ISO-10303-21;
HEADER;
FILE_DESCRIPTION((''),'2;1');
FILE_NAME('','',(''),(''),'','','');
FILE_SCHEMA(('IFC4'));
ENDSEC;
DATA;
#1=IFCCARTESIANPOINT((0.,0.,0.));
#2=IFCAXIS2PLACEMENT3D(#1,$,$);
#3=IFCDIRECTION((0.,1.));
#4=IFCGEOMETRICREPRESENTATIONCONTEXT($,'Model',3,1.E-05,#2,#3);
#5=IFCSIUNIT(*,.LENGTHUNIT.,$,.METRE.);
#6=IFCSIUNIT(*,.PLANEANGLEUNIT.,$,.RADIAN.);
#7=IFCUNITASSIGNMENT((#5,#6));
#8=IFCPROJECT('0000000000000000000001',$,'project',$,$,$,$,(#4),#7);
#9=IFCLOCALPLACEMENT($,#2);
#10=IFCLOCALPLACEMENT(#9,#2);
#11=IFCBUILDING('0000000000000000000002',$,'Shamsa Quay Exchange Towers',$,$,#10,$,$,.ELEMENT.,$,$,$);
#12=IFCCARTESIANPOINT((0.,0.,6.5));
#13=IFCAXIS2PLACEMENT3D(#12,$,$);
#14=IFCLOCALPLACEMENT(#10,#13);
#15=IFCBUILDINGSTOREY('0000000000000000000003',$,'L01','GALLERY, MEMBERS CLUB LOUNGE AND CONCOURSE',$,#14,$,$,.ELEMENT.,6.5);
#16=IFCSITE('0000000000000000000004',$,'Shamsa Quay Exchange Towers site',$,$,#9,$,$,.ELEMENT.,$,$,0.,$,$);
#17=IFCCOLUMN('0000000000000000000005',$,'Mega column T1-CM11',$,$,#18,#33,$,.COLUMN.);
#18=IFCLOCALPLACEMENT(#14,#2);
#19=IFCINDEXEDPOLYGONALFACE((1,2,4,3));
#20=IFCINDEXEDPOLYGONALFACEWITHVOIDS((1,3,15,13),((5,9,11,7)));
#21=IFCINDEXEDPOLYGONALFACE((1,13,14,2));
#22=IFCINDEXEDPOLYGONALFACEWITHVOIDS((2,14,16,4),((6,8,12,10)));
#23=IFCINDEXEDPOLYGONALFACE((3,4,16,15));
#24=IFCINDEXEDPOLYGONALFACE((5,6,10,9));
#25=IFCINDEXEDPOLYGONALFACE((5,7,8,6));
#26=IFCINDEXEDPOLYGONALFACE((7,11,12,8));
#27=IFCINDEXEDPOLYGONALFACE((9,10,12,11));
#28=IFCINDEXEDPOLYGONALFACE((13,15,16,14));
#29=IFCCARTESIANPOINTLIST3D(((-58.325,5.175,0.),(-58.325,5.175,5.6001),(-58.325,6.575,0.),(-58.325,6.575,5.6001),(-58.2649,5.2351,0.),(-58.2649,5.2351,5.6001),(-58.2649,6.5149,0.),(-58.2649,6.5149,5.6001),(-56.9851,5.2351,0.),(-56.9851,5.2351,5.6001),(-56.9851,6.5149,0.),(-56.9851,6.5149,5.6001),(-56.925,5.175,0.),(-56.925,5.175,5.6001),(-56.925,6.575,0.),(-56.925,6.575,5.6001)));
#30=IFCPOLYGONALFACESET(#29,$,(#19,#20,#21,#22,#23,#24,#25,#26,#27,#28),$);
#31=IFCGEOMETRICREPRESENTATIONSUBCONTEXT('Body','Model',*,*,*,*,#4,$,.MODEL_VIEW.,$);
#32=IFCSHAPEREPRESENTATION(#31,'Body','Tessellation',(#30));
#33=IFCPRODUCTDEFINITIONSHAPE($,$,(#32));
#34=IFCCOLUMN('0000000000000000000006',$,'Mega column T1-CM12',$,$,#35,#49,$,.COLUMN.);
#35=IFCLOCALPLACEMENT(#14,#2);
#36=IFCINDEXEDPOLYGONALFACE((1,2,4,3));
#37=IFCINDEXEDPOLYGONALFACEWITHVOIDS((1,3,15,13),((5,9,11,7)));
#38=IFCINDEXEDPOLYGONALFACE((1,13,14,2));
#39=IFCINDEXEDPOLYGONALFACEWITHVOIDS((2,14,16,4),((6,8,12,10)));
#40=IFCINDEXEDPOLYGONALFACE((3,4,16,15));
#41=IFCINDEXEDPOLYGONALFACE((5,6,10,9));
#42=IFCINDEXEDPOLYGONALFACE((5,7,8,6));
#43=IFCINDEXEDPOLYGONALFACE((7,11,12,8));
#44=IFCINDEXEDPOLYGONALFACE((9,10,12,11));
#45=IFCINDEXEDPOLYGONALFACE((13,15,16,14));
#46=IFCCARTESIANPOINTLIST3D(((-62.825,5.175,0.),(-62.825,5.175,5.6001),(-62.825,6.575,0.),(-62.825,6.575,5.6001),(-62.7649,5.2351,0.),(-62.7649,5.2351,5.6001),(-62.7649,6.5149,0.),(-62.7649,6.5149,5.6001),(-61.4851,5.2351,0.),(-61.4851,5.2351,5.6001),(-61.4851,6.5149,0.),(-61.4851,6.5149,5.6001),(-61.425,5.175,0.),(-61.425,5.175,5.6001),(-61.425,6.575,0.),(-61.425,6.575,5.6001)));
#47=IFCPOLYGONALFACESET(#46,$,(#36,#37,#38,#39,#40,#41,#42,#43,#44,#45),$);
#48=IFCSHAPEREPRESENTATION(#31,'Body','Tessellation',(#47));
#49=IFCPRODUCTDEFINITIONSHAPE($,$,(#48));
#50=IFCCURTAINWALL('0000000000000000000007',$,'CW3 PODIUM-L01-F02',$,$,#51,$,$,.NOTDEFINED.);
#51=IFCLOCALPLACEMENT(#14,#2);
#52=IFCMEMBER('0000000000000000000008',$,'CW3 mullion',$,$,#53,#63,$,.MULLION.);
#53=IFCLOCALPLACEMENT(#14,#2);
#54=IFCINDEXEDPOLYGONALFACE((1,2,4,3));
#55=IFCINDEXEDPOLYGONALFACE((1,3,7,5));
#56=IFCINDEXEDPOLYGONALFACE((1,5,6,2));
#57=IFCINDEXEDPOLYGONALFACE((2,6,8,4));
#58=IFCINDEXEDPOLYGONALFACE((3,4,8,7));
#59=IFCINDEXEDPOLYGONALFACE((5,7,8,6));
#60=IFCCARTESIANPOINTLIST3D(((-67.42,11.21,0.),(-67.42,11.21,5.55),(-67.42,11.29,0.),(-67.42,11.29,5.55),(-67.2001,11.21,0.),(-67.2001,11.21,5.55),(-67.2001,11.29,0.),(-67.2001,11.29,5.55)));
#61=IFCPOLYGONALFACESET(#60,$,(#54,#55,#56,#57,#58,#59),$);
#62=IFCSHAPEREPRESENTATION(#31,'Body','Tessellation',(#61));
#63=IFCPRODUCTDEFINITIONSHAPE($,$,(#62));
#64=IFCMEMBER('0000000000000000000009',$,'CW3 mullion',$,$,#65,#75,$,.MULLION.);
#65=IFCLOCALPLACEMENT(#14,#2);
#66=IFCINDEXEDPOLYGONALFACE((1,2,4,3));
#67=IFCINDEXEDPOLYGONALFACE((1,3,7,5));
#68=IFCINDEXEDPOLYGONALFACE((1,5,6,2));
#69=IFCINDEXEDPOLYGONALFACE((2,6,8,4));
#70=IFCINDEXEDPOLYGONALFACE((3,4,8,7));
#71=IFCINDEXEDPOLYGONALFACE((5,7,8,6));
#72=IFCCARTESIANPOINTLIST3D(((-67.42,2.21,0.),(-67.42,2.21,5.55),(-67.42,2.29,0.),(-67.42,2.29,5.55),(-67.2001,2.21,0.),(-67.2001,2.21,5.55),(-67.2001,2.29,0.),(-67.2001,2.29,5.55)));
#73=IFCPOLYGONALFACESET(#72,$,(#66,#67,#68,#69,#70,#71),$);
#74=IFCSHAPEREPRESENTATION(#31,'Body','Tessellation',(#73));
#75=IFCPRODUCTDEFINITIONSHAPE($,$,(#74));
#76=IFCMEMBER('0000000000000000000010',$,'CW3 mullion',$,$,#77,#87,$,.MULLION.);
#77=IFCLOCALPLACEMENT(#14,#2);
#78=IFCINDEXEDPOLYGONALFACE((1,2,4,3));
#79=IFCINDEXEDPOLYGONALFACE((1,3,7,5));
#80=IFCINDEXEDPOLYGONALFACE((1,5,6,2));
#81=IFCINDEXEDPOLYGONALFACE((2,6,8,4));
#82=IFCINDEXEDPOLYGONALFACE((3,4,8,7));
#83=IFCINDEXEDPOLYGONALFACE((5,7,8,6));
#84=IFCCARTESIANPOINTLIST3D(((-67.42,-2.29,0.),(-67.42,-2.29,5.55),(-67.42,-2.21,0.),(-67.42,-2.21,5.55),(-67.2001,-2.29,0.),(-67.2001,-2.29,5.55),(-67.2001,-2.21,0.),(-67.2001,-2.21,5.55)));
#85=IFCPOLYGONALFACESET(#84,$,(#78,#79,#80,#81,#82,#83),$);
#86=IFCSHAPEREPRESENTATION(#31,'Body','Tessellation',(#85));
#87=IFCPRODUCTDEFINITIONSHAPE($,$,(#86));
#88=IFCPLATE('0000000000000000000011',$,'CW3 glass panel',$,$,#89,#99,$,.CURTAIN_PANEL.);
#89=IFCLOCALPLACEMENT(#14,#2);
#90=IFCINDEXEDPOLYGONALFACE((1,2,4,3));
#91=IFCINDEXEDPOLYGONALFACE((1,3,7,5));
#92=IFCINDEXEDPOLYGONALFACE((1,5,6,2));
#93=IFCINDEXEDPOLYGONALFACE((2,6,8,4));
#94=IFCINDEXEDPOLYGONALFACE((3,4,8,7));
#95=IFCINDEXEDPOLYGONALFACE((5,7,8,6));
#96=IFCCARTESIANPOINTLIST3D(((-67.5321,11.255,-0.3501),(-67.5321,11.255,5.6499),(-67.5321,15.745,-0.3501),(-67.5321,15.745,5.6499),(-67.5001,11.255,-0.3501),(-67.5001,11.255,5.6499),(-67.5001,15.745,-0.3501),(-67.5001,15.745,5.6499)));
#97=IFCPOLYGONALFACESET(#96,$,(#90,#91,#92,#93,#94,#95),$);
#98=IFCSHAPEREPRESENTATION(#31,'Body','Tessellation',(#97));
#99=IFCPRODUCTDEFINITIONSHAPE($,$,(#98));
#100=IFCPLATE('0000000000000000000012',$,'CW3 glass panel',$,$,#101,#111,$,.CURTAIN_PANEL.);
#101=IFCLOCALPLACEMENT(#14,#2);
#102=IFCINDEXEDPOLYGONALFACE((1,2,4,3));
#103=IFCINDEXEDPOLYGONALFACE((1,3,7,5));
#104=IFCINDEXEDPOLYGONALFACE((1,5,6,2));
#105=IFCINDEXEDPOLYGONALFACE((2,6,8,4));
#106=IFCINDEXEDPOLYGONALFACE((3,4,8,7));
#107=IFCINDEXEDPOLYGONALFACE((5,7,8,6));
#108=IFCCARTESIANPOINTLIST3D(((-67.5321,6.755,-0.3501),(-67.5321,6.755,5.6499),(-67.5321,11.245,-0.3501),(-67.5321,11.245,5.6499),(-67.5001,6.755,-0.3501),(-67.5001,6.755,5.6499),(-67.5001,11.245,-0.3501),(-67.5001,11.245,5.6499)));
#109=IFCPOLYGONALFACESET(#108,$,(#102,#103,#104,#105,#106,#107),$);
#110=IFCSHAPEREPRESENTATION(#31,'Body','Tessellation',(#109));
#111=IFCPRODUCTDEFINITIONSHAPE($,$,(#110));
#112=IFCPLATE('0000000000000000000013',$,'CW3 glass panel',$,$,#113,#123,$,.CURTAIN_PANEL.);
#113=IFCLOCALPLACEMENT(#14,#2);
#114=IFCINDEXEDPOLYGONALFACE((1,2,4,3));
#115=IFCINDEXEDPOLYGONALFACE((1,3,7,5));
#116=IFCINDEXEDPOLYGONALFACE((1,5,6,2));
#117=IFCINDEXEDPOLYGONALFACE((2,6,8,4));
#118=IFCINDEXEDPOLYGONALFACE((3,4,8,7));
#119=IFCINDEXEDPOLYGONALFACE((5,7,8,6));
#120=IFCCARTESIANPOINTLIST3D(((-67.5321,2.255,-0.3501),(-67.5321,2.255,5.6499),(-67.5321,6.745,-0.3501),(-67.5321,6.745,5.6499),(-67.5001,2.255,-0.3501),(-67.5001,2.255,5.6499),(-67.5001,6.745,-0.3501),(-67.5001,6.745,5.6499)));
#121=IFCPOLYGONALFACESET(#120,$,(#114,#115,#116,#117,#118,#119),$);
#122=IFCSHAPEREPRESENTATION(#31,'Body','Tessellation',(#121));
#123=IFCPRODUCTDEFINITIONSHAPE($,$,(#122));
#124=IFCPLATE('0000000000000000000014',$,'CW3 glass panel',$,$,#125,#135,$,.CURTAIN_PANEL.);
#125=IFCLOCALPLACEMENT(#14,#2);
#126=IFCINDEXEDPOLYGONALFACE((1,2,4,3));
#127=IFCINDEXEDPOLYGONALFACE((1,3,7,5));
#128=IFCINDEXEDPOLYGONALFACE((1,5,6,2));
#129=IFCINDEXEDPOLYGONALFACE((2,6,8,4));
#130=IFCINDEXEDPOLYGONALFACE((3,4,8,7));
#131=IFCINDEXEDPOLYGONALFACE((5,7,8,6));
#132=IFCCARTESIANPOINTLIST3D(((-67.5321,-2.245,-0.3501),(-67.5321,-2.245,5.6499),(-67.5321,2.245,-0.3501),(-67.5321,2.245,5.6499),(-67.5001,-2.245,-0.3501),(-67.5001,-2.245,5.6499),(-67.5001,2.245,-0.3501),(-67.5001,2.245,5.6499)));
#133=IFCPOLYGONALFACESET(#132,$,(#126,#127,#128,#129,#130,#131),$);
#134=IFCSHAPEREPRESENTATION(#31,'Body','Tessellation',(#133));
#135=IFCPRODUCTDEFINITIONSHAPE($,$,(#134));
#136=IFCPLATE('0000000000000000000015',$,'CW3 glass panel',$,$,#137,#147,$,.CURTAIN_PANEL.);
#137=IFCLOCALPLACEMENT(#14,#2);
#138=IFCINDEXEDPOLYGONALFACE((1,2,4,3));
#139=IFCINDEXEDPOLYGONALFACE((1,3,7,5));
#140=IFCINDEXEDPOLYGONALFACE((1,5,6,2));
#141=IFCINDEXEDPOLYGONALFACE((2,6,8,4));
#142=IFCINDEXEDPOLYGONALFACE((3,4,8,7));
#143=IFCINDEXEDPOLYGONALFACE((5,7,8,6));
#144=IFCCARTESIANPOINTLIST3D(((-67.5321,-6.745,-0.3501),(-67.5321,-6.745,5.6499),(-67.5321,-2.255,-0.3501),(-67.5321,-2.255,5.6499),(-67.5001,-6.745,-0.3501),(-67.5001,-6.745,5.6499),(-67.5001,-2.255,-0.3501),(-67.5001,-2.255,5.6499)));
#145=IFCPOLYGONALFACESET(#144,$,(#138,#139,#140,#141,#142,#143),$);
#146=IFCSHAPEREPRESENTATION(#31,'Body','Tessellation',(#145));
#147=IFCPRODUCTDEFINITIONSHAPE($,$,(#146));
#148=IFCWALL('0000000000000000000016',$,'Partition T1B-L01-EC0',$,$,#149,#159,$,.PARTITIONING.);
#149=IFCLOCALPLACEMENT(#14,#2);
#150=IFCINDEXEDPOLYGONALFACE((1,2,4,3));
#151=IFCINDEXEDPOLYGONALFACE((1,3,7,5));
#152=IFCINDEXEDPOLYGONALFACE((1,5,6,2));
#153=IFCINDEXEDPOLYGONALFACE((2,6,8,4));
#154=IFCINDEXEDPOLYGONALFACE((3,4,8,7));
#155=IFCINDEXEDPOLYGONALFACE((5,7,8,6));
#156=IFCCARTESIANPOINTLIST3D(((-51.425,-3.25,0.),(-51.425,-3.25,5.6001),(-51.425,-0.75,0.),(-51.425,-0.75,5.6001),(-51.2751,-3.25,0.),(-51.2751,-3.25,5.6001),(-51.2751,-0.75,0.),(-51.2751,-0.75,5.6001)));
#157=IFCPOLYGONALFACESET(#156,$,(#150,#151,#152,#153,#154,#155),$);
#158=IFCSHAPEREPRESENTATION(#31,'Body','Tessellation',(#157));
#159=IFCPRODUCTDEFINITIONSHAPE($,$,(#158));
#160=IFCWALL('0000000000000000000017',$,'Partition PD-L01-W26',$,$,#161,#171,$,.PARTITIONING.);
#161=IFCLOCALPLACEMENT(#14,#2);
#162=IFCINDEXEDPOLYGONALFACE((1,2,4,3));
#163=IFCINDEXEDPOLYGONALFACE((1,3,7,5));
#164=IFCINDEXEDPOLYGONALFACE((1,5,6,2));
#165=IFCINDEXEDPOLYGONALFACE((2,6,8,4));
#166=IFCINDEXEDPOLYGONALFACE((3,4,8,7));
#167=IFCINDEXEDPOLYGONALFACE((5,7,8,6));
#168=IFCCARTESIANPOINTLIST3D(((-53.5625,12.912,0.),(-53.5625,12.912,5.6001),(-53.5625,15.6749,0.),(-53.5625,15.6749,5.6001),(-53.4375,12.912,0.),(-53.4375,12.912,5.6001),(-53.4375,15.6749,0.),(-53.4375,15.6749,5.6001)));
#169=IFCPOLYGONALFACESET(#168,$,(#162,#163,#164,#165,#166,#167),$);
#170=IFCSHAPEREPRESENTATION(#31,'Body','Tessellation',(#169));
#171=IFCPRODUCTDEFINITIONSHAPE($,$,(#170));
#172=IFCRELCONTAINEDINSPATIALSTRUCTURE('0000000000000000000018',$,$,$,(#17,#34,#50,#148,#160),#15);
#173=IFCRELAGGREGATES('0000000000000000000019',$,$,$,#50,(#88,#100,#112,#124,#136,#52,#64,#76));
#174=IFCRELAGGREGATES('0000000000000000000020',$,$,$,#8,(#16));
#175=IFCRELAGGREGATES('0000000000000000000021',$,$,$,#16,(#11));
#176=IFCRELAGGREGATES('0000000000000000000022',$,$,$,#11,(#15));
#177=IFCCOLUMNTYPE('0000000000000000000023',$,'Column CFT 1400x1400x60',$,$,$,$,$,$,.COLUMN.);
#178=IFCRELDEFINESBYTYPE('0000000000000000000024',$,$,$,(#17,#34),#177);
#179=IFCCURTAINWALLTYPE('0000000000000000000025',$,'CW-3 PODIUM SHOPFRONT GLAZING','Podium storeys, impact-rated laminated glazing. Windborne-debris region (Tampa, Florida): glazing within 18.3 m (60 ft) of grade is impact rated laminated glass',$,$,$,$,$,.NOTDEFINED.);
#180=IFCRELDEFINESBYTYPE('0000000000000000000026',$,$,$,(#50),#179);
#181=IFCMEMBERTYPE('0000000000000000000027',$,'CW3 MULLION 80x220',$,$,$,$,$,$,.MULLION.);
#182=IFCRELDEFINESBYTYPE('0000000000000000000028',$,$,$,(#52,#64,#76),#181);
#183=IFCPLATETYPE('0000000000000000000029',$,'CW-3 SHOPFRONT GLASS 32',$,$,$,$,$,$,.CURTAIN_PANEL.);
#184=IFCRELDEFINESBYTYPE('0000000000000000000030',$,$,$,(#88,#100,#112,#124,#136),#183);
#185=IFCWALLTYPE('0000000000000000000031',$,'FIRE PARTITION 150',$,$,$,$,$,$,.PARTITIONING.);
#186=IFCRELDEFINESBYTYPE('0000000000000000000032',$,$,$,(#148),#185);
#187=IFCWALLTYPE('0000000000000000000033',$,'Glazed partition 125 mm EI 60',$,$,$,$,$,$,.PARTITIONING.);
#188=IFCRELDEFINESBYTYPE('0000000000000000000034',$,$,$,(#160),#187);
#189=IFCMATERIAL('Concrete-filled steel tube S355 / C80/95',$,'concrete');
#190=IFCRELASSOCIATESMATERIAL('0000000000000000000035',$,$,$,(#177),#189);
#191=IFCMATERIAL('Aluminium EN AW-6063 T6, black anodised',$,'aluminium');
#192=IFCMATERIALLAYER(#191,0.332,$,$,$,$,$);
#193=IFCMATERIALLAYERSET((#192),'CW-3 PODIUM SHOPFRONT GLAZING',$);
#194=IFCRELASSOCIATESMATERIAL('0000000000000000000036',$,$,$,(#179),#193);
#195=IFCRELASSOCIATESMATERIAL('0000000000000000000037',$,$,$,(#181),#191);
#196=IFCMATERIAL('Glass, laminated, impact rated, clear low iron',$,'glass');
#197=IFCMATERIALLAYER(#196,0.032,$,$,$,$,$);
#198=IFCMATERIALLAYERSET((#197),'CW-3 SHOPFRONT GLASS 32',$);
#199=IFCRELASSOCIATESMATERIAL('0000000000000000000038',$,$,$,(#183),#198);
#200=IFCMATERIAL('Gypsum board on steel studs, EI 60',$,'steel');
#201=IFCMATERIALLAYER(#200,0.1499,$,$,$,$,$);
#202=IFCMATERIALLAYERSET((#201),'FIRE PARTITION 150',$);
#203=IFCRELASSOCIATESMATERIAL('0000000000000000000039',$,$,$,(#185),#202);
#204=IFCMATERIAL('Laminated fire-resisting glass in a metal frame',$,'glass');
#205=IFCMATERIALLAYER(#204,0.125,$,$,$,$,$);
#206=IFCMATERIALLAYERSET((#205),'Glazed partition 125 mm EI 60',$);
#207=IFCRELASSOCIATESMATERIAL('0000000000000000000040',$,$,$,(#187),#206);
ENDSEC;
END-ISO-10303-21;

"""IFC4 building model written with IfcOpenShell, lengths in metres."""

from ifc_helpers import new_model, si_unit, direction, frame, frame_2d, origin, origin_2d, place, context, subcontext, project, spatial, rectangle, hollow_rectangle, extrude, material, layer, layer_set, material_profile, profile_set, type_object, element, aggregate, save


model = new_model("IFC4")

# Units and contexts
model_context = context("Model", 3, precision=1e-05, world=origin(), true_north=direction((0.0, 1.0)))
body_context = subcontext(model_context, "Body", "Model", "MODEL_VIEW")
ifc_project = project(units=[si_unit("LENGTHUNIT", "METRE"), si_unit("PLANEANGLEUNIT", "RADIAN")], contexts=[model_context])

# Site, building, storey
site_placement = place(None, origin())
site = spatial("IfcSite", under=ifc_project, at=site_placement, Name="Shamsa Quay Exchange Towers site", CompositionType="ELEMENT", RefElevation=0.0)
building_placement = place(site_placement, origin())
building = spatial("IfcBuilding", under=site, at=building_placement, Name="Shamsa Quay Exchange Towers", CompositionType="ELEMENT")
storey_placement = place(building_placement, frame((0.0, 0.0, 6.5)))
storey = spatial("IfcBuildingStorey", under=building, at=storey_placement, Name="L01", Description="GALLERY, MEMBERS CLUB LOUNGE AND CONCOURSE", CompositionType="ELEMENT", Elevation=6.5)

# Columns
ifc_material_1 = material(Name="Concrete-filled steel tube S355 / C80/95", Category="concrete")
ifc_material_profile_1 = material_profile(ifc_material_1, hollow_rectangle(XDim=1.3999, YDim=1.3999, WallThickness=0.0601, at=origin_2d()), Name="CFT 1400x1400x60")
ifc_profile_set_1 = profile_set([ifc_material_profile_1], Name="Concrete-filled steel tube S355 / C80/95")
column_type = type_object("IfcColumnType", Name="Column CFT 1400x1400x60", PredefinedType="COLUMN", material=ifc_profile_set_1)
for number, where, name in (
    (1, (-57.625, 5.875, 0.0), "Mega column T1-CM11"),
    (2, (-62.125, 5.875, 0.0), "Mega column T1-CM12"),
):
    element("IfcColumn", number, at=place(storey_placement, frame(where)), inside=storey, type_object=column_type, Name=name, PredefinedType="COLUMN", context=body_context, shape_type="SweptSolid", body=[
        extrude(hollow_rectangle(XDim=1.3999, YDim=1.3999, WallThickness=0.0601, at=origin_2d()), origin(), (0.0, 0.0, 1.0), 5.6001),
    ])

# Curtain wall, members, plates
ifc_material_2 = material(Name="Aluminium EN AW-6063 T6, black anodised", Category="aluminium")
ifc_layer_1 = layer(ifc_material_2, 0.332)
ifc_layer_set_1 = layer_set([ifc_layer_1], Name="CW-3 PODIUM SHOPFRONT GLAZING")
curtain_wall_type = type_object("IfcCurtainWallType", Name="CW-3 PODIUM SHOPFRONT GLAZING", Description="Podium storeys, impact-rated laminated glazing. Windborne-debris region (Tampa, Florida): glazing within 18.3 m (60 ft) of grade is impact rated laminated glass", PredefinedType="NOTDEFINED", material=ifc_layer_set_1)
curtain_wall_placement = place(storey_placement, origin())
curtain_wall = element("IfcCurtainWall", 3, at=curtain_wall_placement, inside=storey, type_object=curtain_wall_type, Name="CW3 PODIUM-L01-F02", PredefinedType="NOTDEFINED")
ifc_material_profile_2 = material_profile(ifc_material_2, rectangle(XDim=0.22, YDim=0.0801, at=origin_2d()), Name="MU80x220")
ifc_profile_set_2 = profile_set([ifc_material_profile_2], Name="Aluminium EN AW-6063 T6, black anodised")
member_type = type_object("IfcMemberType", Name="CW3 MULLION 80x220", PredefinedType="MULLION", material=ifc_profile_set_2)
member_1_placement = place(storey_placement, frame((-67.3101, 11.25, 0.0)))
member_1 = element("IfcMember", 4, at=member_1_placement, type_object=member_type, Name="CW3 mullion", PredefinedType="MULLION", context=body_context, shape_type="SweptSolid", body=[
    extrude(rectangle(XDim=0.22, YDim=0.0801, at=origin_2d()), origin(), (0.0, 0.0, 1.0), 5.55),
])
member_2_placement = place(storey_placement, frame((-67.3101, 2.25, 0.0)))
member_2 = element("IfcMember", 5, at=member_2_placement, type_object=member_type, Name="CW3 mullion", PredefinedType="MULLION", context=body_context, shape_type="SweptSolid", body=[
    extrude(rectangle(XDim=0.22, YDim=0.0801, at=origin_2d()), origin(), (0.0, 0.0, 1.0), 5.55),
])
member_3_placement = place(storey_placement, frame((-67.3101, -2.25, 0.0)))
member_3 = element("IfcMember", 6, at=member_3_placement, type_object=member_type, Name="CW3 mullion", PredefinedType="MULLION", context=body_context, shape_type="SweptSolid", body=[
    extrude(rectangle(XDim=0.22, YDim=0.0801, at=origin_2d()), origin(), (0.0, 0.0, 1.0), 5.55),
])
ifc_material_3 = material(Name="Glass, laminated, impact rated, clear low iron", Category="glass")
ifc_layer_2 = layer(ifc_material_3, 0.032)
ifc_layer_set_2 = layer_set([ifc_layer_2], Name="CW-3 SHOPFRONT GLASS 32")
plate_type = type_object("IfcPlateType", Name="CW-3 SHOPFRONT GLASS 32", PredefinedType="CURTAIN_PANEL", material=ifc_layer_set_2)
plate_1_placement = place(storey_placement, frame((-67.5161, 13.5, -0.3501), z_axis=(0.0, 0.0, 1.0), x_axis=(0.0, -1.0, 0.0)))
plate_1 = element("IfcPlate", 7, at=plate_1_placement, type_object=plate_type, Name="CW3 glass panel", PredefinedType="CURTAIN_PANEL", context=body_context, shape_type="SweptSolid", body=[
    extrude(rectangle(XDim=4.49, YDim=0.032, at=origin_2d()), origin(), (0.0, 0.0, 1.0), 6.0),
])
plate_2_placement = place(storey_placement, frame((-67.5161, 9.0, -0.3501), z_axis=(0.0, 0.0, 1.0), x_axis=(0.0, -1.0, 0.0)))
plate_2 = element("IfcPlate", 8, at=plate_2_placement, type_object=plate_type, Name="CW3 glass panel", PredefinedType="CURTAIN_PANEL", context=body_context, shape_type="SweptSolid", body=[
    extrude(rectangle(XDim=4.49, YDim=0.032, at=origin_2d()), origin(), (0.0, 0.0, 1.0), 6.0),
])
plate_3_placement = place(storey_placement, frame((-67.5161, 4.5, -0.3501), z_axis=(0.0, 0.0, 1.0), x_axis=(0.0, -1.0, 0.0)))
plate_3 = element("IfcPlate", 9, at=plate_3_placement, type_object=plate_type, Name="CW3 glass panel", PredefinedType="CURTAIN_PANEL", context=body_context, shape_type="SweptSolid", body=[
    extrude(rectangle(XDim=4.49, YDim=0.032, at=origin_2d()), origin(), (0.0, 0.0, 1.0), 6.0),
])
plate_4_placement = place(storey_placement, frame((-67.5161, 0.0, -0.3501), z_axis=(0.0, 0.0, 1.0), x_axis=(0.0, -1.0, 0.0)))
plate_4 = element("IfcPlate", 10, at=plate_4_placement, type_object=plate_type, Name="CW3 glass panel", PredefinedType="CURTAIN_PANEL", context=body_context, shape_type="SweptSolid", body=[
    extrude(rectangle(XDim=4.49, YDim=0.032, at=origin_2d()), origin(), (0.0, 0.0, 1.0), 6.0),
])
plate_5_placement = place(storey_placement, frame((-67.5161, -4.5, -0.3501), z_axis=(0.0, 0.0, 1.0), x_axis=(0.0, -1.0, 0.0)))
plate_5 = element("IfcPlate", 11, at=plate_5_placement, type_object=plate_type, Name="CW3 glass panel", PredefinedType="CURTAIN_PANEL", context=body_context, shape_type="SweptSolid", body=[
    extrude(rectangle(XDim=4.49, YDim=0.032, at=origin_2d()), origin(), (0.0, 0.0, 1.0), 6.0),
])
aggregate(curtain_wall, [plate_1, plate_2, plate_3, plate_4, plate_5, member_1, member_2, member_3])

# Walls
ifc_material_4 = material(Name="Gypsum board on steel studs, EI 60", Category="steel")
ifc_layer_3 = layer(ifc_material_4, 0.1499)
ifc_layer_set_3 = layer_set([ifc_layer_3], Name="FIRE PARTITION 150")
wall_type_1 = type_object("IfcWallType", Name="FIRE PARTITION 150", PredefinedType="PARTITIONING", material=ifc_layer_set_3)
wall_1_placement = place(storey_placement, frame((-51.3501, -3.25, 0.0), z_axis=(0.0, 0.0, 1.0), x_axis=(0.0, 1.0, 0.0)))
element("IfcWall", 12, at=wall_1_placement, inside=storey, type_object=wall_type_1, Name="Partition T1B-L01-EC0", PredefinedType="PARTITIONING", context=body_context, shape_type="SweptSolid", body=[
    extrude(rectangle(XDim=2.5, YDim=0.1499, at=frame_2d((1.25, 0.0))), origin(), (0.0, 0.0, 1.0), 5.6001),
])
ifc_material_5 = material(Name="Laminated fire-resisting glass in a metal frame", Category="glass")
ifc_layer_4 = layer(ifc_material_5, 0.125)
ifc_layer_set_4 = layer_set([ifc_layer_4], Name="Glazed partition 125 mm EI 60")
wall_type_2 = type_object("IfcWallType", Name="Glazed partition 125 mm EI 60", PredefinedType="PARTITIONING", material=ifc_layer_set_4)
wall_2_placement = place(storey_placement, frame((-53.5, 12.9121, 0.0), z_axis=(0.0, 0.0, 1.0), x_axis=(0.0, 1.0, 0.0)))
element("IfcWall", 13, at=wall_2_placement, inside=storey, type_object=wall_type_2, Name="Partition PD-L01-W26", PredefinedType="PARTITIONING", context=body_context, shape_type="SweptSolid", body=[
    extrude(rectangle(XDim=2.7629, YDim=0.125, at=frame_2d((1.3813, 0.0))), origin(), (0.0, 0.0, 1.0), 5.6001),
])

save(model, "model.ifc")
